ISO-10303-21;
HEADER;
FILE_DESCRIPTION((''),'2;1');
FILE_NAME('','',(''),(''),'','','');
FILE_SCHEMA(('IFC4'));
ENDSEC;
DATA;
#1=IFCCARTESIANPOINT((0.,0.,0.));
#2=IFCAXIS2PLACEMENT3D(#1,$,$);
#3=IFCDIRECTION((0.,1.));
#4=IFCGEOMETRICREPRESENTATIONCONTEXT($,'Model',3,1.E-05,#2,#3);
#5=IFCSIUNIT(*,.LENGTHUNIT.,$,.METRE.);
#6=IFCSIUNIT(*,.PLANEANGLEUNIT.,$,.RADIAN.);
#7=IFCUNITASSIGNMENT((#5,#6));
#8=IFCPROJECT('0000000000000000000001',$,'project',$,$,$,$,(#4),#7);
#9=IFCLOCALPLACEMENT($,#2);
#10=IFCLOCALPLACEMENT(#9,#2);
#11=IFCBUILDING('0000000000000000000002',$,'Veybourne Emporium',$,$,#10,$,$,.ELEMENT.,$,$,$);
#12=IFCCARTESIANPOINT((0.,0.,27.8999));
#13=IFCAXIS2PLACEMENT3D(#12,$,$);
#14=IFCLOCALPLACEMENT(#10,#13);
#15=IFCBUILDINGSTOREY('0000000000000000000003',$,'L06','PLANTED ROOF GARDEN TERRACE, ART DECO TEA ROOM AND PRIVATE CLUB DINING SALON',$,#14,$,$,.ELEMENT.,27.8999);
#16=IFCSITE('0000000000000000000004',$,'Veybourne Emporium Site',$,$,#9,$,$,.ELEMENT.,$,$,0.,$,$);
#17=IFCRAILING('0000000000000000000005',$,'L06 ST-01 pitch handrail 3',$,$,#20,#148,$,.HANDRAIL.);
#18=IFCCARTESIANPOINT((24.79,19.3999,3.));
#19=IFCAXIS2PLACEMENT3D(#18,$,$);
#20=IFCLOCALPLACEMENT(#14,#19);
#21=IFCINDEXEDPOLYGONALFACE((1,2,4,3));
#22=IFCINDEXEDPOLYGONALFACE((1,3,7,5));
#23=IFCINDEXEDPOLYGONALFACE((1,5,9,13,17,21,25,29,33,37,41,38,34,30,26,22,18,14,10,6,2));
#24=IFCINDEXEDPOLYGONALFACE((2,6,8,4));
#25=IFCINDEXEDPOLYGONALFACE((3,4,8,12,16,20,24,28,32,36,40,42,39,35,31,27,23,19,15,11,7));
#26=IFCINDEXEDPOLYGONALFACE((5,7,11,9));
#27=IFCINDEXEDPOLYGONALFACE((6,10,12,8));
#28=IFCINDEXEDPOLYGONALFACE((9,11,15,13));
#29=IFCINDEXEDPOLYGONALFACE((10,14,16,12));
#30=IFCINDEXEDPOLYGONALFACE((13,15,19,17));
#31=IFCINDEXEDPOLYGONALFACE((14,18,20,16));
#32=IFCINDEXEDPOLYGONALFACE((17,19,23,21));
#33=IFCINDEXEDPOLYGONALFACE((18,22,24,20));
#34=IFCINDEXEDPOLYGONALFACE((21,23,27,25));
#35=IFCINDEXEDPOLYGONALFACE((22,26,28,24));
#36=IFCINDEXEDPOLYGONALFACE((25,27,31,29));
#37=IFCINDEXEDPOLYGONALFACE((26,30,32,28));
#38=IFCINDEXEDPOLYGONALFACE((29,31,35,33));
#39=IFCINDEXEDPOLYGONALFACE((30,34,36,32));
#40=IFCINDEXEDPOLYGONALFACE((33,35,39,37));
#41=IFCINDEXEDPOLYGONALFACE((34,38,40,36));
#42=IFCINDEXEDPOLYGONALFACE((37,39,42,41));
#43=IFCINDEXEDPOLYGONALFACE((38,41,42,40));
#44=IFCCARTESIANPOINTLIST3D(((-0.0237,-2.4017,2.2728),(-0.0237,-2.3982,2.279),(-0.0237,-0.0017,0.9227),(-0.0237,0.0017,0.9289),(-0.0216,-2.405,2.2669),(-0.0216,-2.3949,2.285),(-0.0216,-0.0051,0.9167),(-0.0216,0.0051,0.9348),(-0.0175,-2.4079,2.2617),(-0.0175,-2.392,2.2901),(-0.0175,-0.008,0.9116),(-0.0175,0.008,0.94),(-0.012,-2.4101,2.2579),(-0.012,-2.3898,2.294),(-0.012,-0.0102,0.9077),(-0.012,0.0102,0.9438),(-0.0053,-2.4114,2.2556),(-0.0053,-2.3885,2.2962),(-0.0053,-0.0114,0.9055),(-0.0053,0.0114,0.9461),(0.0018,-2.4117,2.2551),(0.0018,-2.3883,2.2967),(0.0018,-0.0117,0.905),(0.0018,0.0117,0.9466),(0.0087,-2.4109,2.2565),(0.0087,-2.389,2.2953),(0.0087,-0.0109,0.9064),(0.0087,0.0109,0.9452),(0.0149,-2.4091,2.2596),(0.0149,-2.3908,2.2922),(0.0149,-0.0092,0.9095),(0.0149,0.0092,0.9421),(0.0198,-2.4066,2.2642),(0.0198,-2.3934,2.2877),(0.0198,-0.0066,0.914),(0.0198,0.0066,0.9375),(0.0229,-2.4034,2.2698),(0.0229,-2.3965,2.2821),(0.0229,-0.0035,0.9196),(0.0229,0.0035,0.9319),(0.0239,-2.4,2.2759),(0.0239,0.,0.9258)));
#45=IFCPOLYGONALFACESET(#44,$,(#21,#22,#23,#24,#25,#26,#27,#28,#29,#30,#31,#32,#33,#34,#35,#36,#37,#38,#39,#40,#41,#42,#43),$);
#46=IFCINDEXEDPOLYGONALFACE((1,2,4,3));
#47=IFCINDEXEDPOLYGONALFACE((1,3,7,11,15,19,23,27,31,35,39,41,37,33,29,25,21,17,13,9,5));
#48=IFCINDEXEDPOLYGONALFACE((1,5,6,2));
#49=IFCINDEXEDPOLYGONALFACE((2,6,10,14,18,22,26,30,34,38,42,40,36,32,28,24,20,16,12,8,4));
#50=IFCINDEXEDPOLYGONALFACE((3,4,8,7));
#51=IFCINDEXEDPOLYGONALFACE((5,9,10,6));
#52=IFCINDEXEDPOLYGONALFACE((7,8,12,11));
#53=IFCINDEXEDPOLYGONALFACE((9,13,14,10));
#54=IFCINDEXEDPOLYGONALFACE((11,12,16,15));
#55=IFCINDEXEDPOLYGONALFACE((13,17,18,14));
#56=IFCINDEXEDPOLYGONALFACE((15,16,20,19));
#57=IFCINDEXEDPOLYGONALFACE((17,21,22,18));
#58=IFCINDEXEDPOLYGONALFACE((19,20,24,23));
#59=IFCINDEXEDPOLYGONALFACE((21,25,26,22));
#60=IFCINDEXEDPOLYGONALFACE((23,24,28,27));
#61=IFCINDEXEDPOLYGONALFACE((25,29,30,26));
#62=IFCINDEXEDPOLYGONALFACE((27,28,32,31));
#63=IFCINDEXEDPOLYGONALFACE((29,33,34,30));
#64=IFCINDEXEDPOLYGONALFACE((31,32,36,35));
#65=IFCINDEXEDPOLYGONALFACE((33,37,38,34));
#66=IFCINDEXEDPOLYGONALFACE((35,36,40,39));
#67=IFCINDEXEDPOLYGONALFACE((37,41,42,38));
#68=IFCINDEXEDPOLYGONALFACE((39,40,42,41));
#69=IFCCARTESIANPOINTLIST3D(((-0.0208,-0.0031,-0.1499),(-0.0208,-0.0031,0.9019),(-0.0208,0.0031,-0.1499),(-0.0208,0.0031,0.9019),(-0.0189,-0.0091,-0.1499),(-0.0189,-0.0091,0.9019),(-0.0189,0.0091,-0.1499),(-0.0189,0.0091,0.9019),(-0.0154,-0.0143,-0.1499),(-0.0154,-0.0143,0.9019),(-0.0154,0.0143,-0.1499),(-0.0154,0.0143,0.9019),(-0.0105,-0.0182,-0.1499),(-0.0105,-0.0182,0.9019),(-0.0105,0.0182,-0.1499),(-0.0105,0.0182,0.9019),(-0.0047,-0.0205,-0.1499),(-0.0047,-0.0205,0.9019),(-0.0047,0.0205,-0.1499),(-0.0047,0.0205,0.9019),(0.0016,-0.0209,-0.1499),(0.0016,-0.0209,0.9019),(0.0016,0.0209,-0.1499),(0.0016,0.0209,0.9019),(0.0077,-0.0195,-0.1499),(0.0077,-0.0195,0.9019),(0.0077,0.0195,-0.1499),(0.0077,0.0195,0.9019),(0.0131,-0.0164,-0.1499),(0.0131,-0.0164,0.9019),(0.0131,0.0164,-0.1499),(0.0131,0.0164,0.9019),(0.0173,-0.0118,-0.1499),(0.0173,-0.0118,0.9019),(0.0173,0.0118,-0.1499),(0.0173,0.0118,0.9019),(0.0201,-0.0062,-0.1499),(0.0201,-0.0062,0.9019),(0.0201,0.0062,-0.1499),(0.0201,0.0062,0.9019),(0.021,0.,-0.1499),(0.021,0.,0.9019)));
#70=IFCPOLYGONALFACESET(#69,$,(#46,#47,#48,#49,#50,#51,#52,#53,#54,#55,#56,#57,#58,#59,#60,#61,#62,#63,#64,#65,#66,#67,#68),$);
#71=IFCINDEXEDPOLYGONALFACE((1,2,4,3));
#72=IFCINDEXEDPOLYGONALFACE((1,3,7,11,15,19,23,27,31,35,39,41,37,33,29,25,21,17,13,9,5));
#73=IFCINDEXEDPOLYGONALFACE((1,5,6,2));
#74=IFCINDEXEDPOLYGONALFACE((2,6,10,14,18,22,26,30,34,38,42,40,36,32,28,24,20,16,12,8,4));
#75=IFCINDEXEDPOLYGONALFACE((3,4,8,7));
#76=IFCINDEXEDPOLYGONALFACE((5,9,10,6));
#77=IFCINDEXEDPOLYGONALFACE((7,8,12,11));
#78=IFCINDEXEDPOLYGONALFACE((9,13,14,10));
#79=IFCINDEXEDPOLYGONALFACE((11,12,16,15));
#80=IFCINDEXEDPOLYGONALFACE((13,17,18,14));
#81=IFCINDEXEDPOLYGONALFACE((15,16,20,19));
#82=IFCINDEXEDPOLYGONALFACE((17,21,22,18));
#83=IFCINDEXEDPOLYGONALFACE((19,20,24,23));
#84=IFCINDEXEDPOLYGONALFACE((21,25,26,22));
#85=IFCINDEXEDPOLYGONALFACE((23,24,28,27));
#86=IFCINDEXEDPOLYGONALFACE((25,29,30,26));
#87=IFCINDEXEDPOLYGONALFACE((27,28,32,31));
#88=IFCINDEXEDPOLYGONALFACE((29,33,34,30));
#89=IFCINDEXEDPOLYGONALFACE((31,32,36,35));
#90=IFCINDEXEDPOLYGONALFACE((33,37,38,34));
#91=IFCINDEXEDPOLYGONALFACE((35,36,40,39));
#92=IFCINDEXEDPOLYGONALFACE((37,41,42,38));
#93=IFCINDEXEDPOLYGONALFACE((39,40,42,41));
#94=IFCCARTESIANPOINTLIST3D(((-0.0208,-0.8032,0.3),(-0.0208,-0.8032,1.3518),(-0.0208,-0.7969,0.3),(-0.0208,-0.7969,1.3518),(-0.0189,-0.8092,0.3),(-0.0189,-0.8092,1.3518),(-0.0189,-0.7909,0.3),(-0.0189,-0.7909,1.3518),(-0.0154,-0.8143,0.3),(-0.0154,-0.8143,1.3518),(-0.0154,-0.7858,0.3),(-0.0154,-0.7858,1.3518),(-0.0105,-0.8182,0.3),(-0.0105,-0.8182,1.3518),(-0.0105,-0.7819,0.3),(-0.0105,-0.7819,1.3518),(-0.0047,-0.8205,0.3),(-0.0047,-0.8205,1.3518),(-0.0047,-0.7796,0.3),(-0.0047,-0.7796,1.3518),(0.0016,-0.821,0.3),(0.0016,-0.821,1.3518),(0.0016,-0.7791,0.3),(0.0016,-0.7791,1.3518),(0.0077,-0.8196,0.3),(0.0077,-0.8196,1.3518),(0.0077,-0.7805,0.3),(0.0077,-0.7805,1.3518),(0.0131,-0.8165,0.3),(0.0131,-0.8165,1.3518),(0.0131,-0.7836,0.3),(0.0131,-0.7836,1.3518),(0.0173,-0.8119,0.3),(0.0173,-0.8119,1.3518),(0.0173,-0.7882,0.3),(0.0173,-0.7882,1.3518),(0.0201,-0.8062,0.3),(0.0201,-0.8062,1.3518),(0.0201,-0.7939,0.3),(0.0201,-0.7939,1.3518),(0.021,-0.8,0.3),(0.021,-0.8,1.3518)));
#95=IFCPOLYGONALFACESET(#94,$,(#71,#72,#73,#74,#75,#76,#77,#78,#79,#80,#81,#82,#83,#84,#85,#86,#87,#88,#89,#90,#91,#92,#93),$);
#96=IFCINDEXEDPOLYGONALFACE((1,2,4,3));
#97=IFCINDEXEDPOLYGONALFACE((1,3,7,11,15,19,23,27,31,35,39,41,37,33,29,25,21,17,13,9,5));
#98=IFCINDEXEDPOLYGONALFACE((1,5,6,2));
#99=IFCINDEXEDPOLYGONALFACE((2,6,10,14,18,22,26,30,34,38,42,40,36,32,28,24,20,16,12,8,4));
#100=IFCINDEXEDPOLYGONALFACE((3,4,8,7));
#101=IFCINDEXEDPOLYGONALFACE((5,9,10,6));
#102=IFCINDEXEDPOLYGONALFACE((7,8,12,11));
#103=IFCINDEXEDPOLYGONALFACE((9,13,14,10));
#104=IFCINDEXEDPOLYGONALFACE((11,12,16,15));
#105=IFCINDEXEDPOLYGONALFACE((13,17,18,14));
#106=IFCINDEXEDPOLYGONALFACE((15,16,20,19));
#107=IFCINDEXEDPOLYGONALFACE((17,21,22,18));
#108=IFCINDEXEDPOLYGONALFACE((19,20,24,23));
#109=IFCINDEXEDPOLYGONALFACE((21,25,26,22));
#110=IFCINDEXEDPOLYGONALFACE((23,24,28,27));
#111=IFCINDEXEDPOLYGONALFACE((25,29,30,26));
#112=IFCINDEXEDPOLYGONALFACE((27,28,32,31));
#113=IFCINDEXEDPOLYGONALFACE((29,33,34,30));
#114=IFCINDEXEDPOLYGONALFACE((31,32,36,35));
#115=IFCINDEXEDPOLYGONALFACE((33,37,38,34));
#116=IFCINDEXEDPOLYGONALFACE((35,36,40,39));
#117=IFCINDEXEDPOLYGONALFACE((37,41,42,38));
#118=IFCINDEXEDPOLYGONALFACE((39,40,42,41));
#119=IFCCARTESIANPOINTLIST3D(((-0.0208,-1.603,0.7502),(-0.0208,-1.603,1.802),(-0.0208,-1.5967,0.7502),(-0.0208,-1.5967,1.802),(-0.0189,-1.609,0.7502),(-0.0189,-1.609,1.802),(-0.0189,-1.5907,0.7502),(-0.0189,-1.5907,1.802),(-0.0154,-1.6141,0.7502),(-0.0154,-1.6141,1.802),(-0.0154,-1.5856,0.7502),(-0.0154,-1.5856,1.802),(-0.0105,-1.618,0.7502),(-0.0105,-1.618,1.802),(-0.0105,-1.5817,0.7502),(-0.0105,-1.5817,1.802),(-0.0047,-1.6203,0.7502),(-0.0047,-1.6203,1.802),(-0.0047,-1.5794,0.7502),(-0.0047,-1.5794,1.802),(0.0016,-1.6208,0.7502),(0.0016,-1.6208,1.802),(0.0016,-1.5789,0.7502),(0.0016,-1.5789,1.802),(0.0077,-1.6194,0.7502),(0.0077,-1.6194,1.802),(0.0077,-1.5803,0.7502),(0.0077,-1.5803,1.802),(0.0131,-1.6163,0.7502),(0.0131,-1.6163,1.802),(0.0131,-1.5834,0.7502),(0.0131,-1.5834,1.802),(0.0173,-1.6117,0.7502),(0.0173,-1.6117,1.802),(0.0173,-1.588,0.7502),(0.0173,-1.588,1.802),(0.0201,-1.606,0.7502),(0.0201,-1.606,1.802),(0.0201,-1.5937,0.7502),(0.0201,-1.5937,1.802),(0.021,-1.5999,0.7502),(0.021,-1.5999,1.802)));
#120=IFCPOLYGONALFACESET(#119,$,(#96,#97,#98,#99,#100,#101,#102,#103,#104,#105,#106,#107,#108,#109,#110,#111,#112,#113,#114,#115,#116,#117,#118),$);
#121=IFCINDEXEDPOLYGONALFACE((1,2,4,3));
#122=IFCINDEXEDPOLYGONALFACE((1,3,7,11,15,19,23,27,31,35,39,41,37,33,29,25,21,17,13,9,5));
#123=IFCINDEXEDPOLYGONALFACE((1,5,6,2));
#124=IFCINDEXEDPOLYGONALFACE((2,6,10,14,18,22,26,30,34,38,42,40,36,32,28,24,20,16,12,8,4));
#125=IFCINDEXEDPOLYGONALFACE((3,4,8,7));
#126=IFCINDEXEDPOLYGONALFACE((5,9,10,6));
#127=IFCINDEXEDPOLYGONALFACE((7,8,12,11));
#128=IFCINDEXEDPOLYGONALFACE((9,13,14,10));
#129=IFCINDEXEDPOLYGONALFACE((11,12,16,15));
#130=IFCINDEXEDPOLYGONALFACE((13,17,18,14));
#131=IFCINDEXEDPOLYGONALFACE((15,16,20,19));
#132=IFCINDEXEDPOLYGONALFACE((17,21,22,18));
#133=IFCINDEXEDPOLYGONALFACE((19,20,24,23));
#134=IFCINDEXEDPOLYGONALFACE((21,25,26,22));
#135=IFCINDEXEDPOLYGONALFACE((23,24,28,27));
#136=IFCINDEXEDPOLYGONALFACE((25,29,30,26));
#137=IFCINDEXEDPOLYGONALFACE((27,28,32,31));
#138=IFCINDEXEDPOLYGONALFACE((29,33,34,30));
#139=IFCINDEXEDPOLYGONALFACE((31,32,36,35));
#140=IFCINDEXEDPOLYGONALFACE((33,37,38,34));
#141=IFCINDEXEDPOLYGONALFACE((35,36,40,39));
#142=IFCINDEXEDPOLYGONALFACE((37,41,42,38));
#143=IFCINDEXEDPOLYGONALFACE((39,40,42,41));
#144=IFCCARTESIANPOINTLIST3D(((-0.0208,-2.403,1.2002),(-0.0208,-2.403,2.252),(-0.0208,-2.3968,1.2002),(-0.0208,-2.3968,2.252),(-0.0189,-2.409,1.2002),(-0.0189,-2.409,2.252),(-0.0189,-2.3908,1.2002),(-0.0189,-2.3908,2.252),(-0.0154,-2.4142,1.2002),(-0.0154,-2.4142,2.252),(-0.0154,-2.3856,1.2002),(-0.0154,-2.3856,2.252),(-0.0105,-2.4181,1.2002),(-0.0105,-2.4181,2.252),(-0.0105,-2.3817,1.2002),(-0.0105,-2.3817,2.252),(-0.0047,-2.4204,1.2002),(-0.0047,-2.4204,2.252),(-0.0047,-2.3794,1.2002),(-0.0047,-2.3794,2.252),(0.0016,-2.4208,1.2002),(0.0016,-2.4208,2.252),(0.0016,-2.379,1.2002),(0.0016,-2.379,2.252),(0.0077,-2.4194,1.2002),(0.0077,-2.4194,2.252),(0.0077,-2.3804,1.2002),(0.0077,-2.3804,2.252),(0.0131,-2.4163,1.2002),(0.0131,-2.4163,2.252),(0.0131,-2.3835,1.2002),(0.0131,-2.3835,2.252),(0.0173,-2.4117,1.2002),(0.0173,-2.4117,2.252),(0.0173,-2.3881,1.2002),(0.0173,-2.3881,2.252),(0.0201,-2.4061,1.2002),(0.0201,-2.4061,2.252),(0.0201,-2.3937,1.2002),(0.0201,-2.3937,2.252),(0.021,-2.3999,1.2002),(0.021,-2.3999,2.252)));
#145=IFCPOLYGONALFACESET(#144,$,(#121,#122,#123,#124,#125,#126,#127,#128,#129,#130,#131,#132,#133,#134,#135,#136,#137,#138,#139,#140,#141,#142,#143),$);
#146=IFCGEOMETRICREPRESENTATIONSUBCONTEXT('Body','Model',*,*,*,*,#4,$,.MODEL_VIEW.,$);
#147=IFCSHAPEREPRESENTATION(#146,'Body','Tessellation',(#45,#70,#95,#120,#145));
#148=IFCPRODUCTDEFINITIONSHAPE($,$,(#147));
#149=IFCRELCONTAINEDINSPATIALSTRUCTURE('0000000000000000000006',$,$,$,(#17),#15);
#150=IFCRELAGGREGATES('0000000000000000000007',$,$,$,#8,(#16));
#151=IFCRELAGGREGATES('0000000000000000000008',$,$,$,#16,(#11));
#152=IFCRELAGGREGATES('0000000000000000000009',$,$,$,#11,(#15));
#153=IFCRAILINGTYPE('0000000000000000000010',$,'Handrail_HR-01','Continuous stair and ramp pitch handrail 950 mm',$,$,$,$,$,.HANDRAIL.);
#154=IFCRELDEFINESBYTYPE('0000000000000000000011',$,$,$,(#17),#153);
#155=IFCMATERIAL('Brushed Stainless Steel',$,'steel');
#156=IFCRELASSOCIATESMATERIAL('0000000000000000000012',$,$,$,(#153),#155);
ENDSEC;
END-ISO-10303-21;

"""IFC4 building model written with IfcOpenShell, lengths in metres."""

from ifc_helpers import new_model, si_unit, direction, frame, origin, origin_2d, place, context, subcontext, project, spatial, circle, extrude, material, type_object, element, save


model = new_model("IFC4")

# Units and contexts
model_context = context("Model", 3, precision=1e-05, world=origin(), true_north=direction((0.0, 1.0)))
body_context = subcontext(model_context, "Body", "Model", "MODEL_VIEW")
ifc_project = project(units=[si_unit("LENGTHUNIT", "METRE"), si_unit("PLANEANGLEUNIT", "RADIAN")], contexts=[model_context])

# Site, building, storey
site_placement = place(None, origin())
site = spatial("IfcSite", under=ifc_project, at=site_placement, Name="Veybourne Emporium Site", CompositionType="ELEMENT", RefElevation=0.0)
building_placement = place(site_placement, origin())
building = spatial("IfcBuilding", under=site, at=building_placement, Name="Veybourne Emporium", CompositionType="ELEMENT")
storey_placement = place(building_placement, frame((0.0, 0.0, 27.8999)))
storey = spatial("IfcBuildingStorey", under=building, at=storey_placement, Name="L06", Description="PLANTED ROOF GARDEN TERRACE, ART DECO TEA ROOM AND PRIVATE CLUB DINING SALON", CompositionType="ELEMENT", Elevation=27.8999)

# Railing
ifc_material_1 = material(Name="Brushed Stainless Steel", Category="steel")
railing_type_1 = type_object("IfcRailingType", Name="Handrail_HR-01", Description="Continuous stair and ramp pitch handrail 950 mm", PredefinedType="HANDRAIL", material=ifc_material_1)
railing_1_placement = place(storey_placement, frame((24.79, 19.3999, 3.0)))
element("IfcRailing", 1, at=railing_1_placement, inside=storey, type_object=railing_type_1, Name="L06 ST-01 pitch handrail 3", PredefinedType="HANDRAIL", context=body_context, shape_type="SweptSolid", body=[
    extrude(circle(Radius=0.0239, at=origin_2d()), frame((0.0, 0.0, 0.9258), z_axis=(0.0, -0.871552, 0.490303), x_axis=(1.0, 0.0, 0.0)), (0.0, 0.0, 1.0), 2.7537),
    extrude(circle(Radius=0.021, at=origin_2d()), frame((0.0, 0.0, -0.1499)), (0.0, 0.0, 1.0), 1.0518),
    extrude(circle(Radius=0.021, at=origin_2d()), frame((0.0, -0.8, 0.3)), (0.0, 0.0, 1.0), 1.0518),
    extrude(circle(Radius=0.021, at=origin_2d()), frame((0.0, -1.5999, 0.7502)), (0.0, 0.0, 1.0), 1.0518),
    extrude(circle(Radius=0.021, at=origin_2d()), frame((0.0, -2.3999, 1.2002)), (0.0, 0.0, 1.0), 1.0518),
])

save(model, "model.ifc")
